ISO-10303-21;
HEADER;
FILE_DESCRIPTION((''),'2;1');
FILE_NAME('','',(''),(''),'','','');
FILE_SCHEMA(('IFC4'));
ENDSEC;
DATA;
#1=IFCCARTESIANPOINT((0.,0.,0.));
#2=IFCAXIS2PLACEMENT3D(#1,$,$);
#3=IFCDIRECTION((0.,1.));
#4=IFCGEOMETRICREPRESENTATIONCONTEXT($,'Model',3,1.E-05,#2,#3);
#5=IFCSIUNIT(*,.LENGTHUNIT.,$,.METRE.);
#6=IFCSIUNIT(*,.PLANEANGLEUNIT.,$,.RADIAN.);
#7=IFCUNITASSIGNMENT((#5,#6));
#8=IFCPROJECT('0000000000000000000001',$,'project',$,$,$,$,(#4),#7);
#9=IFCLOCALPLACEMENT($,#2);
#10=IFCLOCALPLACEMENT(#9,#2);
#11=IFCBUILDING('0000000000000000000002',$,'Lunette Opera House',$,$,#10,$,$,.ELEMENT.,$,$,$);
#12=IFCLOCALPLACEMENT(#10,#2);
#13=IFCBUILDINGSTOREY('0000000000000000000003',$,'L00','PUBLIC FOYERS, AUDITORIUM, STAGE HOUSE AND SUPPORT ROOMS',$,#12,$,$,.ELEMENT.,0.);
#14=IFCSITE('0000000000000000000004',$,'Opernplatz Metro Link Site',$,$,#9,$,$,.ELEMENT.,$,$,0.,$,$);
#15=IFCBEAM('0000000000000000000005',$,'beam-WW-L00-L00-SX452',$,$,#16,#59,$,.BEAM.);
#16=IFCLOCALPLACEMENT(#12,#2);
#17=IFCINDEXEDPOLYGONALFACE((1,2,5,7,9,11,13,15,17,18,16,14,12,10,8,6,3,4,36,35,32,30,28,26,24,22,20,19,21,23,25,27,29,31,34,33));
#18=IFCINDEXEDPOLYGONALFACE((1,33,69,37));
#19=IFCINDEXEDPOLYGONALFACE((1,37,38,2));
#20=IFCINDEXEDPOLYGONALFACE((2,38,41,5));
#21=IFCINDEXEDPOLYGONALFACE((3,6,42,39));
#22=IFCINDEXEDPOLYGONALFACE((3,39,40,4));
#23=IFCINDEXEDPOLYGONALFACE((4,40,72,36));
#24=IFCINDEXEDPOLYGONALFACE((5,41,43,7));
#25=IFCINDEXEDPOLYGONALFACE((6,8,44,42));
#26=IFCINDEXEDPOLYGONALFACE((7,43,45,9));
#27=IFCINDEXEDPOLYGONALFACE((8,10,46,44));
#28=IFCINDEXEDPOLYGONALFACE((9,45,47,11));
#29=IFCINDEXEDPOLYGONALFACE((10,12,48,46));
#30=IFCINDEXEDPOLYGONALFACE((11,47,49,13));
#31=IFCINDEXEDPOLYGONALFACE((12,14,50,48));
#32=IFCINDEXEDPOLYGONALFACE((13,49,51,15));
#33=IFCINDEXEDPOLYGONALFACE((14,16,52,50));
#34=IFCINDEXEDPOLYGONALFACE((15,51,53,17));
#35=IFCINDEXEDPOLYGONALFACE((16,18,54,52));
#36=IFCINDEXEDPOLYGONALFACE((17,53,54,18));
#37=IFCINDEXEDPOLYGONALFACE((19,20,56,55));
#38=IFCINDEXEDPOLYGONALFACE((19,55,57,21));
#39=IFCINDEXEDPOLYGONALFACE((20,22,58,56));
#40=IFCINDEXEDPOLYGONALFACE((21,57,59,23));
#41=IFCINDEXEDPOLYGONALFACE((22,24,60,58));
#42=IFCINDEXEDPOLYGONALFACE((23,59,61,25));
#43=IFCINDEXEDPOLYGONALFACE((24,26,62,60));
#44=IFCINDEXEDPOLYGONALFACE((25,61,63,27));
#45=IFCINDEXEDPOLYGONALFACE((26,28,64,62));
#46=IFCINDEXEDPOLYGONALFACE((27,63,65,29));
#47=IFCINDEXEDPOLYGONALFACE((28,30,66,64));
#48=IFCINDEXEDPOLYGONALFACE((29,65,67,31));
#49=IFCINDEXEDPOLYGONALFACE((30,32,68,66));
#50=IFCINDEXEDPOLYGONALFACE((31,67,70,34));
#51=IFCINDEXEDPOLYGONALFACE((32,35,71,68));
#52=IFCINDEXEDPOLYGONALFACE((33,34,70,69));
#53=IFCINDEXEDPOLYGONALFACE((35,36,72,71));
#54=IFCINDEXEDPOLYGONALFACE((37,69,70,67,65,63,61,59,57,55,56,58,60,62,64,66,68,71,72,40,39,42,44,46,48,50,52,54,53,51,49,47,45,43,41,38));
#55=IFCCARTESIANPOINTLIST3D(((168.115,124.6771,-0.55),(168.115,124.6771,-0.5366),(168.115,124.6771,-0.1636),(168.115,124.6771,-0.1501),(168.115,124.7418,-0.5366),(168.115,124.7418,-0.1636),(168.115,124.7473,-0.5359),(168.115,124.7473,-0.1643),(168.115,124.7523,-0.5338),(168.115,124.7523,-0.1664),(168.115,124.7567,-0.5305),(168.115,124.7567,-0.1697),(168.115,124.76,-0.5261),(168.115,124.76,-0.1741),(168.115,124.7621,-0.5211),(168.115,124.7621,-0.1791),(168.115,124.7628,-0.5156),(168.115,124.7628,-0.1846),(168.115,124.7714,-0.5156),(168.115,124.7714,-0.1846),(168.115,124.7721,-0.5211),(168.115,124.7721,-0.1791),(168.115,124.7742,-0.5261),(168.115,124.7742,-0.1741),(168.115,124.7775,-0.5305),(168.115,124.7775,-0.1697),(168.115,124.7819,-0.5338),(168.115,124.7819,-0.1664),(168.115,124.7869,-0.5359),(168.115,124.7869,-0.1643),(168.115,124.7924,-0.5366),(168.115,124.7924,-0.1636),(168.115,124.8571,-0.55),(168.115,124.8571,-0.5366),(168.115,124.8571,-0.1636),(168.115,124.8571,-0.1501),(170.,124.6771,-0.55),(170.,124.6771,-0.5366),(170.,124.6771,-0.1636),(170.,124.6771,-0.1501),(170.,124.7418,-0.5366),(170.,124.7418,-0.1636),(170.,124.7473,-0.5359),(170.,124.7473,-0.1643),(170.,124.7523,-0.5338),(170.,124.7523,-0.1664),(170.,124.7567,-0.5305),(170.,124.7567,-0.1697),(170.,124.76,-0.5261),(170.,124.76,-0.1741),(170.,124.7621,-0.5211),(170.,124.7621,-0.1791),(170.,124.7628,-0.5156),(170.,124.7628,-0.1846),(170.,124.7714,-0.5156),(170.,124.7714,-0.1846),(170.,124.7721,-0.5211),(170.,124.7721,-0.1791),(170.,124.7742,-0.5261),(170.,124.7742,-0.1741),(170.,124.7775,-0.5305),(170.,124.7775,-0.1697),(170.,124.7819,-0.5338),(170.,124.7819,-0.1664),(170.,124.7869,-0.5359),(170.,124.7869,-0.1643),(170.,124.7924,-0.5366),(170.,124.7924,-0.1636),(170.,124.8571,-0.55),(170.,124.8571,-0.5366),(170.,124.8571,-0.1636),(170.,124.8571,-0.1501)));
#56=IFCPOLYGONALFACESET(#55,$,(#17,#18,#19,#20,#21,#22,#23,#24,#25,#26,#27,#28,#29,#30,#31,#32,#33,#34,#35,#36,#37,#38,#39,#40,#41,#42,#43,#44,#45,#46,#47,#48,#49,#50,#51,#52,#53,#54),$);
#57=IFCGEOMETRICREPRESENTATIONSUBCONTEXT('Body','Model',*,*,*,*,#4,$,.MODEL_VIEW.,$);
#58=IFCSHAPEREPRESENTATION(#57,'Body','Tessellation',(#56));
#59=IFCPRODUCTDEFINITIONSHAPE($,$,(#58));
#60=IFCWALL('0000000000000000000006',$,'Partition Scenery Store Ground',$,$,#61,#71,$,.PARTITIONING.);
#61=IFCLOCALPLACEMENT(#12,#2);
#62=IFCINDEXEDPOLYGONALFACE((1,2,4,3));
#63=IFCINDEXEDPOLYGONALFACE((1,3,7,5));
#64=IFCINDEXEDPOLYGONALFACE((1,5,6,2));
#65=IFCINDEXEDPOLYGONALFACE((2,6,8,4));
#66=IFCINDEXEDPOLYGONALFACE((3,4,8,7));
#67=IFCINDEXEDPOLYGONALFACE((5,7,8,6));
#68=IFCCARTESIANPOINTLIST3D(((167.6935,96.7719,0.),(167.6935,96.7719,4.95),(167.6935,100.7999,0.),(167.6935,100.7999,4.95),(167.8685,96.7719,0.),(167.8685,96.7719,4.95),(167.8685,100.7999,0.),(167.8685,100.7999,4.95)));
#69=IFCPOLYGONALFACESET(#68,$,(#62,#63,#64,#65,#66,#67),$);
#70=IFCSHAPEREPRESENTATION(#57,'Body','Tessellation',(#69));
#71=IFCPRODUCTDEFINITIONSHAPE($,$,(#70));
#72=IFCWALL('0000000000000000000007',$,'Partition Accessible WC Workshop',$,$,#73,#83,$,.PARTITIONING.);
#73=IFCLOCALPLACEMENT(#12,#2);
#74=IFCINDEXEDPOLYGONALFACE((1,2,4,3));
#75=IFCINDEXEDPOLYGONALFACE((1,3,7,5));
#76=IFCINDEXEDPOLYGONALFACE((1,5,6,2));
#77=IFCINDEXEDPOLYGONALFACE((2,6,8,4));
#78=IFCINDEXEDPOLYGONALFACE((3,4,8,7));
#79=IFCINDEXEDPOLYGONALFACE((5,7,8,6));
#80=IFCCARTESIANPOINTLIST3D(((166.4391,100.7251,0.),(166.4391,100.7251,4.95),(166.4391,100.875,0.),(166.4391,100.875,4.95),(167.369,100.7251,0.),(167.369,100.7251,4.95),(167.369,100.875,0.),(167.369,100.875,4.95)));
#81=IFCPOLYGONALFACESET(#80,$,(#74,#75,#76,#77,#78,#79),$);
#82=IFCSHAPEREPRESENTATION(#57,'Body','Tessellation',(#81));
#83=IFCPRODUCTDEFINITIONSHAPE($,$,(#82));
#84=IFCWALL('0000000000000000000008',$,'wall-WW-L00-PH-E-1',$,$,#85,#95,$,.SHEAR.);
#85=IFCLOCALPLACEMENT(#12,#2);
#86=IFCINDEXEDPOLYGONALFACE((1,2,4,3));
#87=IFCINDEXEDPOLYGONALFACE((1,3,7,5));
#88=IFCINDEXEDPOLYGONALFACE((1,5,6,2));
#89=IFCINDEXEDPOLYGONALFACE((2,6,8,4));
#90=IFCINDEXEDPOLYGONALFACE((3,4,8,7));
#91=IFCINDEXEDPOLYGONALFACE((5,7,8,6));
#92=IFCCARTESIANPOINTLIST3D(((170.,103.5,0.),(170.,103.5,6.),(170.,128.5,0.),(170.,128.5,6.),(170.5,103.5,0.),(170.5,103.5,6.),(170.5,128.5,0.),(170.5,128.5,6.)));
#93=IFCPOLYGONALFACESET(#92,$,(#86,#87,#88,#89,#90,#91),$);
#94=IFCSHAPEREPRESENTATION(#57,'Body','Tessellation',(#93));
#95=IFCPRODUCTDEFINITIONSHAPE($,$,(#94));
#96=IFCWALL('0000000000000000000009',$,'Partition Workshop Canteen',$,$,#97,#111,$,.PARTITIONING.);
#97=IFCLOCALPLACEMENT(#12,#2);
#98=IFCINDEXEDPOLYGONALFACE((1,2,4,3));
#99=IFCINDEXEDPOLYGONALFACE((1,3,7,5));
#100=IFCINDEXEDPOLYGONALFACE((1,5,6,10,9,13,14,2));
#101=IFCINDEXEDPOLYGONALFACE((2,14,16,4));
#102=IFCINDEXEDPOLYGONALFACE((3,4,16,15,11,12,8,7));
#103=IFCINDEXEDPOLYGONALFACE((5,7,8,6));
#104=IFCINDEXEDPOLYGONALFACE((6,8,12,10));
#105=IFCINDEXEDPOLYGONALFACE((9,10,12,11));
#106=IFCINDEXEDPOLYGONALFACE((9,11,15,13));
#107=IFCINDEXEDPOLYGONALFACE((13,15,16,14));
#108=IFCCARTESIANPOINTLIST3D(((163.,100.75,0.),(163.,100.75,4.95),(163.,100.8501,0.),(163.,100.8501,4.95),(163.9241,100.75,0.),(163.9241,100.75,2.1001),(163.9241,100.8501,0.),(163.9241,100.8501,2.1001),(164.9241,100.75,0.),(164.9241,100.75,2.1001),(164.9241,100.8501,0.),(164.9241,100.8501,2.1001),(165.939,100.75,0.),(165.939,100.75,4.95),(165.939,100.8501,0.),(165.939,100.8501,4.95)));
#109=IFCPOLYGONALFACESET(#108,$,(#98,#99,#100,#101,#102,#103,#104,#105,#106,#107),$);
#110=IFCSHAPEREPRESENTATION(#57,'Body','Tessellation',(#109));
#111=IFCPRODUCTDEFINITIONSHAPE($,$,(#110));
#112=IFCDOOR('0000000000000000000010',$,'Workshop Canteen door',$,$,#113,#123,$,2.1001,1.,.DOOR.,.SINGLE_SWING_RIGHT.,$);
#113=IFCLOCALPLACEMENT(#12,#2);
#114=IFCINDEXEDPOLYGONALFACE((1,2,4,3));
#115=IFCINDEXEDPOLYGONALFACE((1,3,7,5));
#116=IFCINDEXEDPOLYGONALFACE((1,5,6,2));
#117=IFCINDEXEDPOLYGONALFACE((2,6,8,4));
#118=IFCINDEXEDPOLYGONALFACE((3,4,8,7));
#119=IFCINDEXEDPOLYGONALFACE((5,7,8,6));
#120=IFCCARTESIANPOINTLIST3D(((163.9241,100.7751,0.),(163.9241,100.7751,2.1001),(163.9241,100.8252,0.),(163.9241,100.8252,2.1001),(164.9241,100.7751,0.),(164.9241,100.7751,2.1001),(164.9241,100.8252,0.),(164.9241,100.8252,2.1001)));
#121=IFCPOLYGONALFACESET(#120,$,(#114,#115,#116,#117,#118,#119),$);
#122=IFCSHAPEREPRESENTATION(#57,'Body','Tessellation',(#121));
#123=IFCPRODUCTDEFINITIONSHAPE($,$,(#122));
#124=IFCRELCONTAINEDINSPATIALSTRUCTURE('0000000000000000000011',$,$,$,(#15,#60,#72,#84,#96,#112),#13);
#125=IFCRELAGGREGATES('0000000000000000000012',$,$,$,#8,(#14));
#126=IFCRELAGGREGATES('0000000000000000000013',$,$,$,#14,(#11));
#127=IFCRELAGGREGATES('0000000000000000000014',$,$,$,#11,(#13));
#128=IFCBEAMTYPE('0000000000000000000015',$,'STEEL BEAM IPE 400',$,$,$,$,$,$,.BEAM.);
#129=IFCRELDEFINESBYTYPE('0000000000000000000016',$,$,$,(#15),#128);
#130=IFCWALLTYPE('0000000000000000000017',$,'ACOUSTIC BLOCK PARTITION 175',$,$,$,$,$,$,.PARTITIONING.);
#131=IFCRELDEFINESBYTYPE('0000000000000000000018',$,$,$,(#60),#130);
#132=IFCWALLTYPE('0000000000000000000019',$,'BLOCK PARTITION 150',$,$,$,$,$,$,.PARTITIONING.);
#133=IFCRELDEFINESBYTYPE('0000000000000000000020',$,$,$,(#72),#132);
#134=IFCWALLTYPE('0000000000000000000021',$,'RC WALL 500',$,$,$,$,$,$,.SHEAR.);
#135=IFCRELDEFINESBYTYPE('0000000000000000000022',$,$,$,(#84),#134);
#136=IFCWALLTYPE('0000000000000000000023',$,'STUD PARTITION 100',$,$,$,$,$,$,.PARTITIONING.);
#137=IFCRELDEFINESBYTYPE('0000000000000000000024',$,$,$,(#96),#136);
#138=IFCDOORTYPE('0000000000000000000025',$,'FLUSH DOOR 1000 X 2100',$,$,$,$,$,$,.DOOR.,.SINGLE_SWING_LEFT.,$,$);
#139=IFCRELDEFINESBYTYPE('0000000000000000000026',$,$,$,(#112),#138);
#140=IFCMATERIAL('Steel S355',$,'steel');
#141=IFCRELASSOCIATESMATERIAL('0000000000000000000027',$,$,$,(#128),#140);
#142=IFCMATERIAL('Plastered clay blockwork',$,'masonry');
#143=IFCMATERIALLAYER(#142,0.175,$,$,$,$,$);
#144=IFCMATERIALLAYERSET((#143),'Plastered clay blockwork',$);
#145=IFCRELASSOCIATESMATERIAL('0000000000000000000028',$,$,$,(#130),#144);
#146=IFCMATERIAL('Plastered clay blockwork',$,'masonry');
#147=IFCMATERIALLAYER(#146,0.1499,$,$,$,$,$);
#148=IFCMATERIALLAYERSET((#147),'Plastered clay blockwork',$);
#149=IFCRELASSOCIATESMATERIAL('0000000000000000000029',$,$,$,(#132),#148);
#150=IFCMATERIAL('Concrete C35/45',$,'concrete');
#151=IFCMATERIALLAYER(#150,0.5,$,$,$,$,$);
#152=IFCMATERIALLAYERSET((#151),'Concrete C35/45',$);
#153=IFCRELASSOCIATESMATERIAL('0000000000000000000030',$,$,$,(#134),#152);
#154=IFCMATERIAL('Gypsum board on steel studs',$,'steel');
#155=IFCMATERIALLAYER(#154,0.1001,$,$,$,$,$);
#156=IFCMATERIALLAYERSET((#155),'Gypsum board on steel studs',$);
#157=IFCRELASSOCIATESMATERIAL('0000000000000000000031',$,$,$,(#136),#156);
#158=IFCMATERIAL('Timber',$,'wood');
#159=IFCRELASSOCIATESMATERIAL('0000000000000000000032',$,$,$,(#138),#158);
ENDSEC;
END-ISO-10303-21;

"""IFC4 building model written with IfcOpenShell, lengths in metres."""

from ifc_helpers import new_model, si_unit, direction, frame, frame_2d, origin, origin_2d, place, context, subcontext, project, spatial, rectangle, i_section, extrude, material, layer, layer_set, material_profile, profile_set, type_object, element, fill, save


model = new_model("IFC4")

# Units and contexts
model_context = context("Model", 3, precision=1e-05, world=origin(), true_north=direction((0.0, 1.0)))
body_context = subcontext(model_context, "Body", "Model", "MODEL_VIEW")
ifc_project = project(units=[si_unit("LENGTHUNIT", "METRE"), si_unit("PLANEANGLEUNIT", "RADIAN")], contexts=[model_context])

# Site, building, storey
site_placement = place(None, origin())
site = spatial("IfcSite", under=ifc_project, at=site_placement, Name="Opernplatz Metro Link Site", CompositionType="ELEMENT", RefElevation=0.0)
building_placement = place(site_placement, origin())
building = spatial("IfcBuilding", under=site, at=building_placement, Name="Lunette Opera House", CompositionType="ELEMENT")
storey_placement = place(building_placement, origin())
storey = spatial("IfcBuildingStorey", under=building, at=storey_placement, Name="L00", Description="PUBLIC FOYERS, AUDITORIUM, STAGE HOUSE AND SUPPORT ROOMS", CompositionType="ELEMENT", Elevation=0.0)

# Beam
ifc_material_1 = material(Name="Steel S355", Category="steel")
ifc_material_profile_1 = material_profile(ifc_material_1, i_section(OverallWidth=0.1799, OverallDepth=0.3999, WebThickness=0.0085, FlangeThickness=0.0134, FilletRadius=0.021, at=origin_2d()), Name="IPE 400")
ifc_profile_set_1 = profile_set([ifc_material_profile_1], Name="Steel S355")
beam_type_1 = type_object("IfcBeamType", Name="STEEL BEAM IPE 400", PredefinedType="BEAM", material=ifc_profile_set_1)
beam_1_placement = place(storey_placement, frame((168.115, 124.7671, -0.3501), z_axis=(1.0, 0.0, 0.0), x_axis=(0.0, 1.0, 0.0)))
element("IfcBeam", 1, at=beam_1_placement, inside=storey, type_object=beam_type_1, Name="beam-WW-L00-L00-SX452", PredefinedType="BEAM", context=body_context, shape_type="SweptSolid", body=[
    extrude(i_section(OverallWidth=0.1799, OverallDepth=0.3999, WebThickness=0.0085, FlangeThickness=0.0134, FilletRadius=0.021, at=origin_2d()), origin(), (0.0, 0.0, 1.0), 1.885),
])

# Walls
ifc_material_2 = material(Name="Plastered clay blockwork", Category="masonry")
ifc_layer_1 = layer(ifc_material_2, 0.175)
ifc_layer_set_1 = layer_set([ifc_layer_1], Name="Plastered clay blockwork")
wall_type_1 = type_object("IfcWallType", Name="ACOUSTIC BLOCK PARTITION 175", PredefinedType="PARTITIONING", material=ifc_layer_set_1)
wall_1_placement = place(storey_placement, frame((167.781, 100.8, 0.0), z_axis=(0.0, 0.0, 1.0), x_axis=(0.0, -1.0, 0.0)))
element("IfcWall", 2, at=wall_1_placement, inside=storey, type_object=wall_type_1, Name="Partition Scenery Store Ground", PredefinedType="PARTITIONING", context=body_context, shape_type="SweptSolid", body=[
    extrude(rectangle(XDim=4.0281, YDim=0.175, at=frame_2d((2.0142, 0.0))), origin(), (0.0, 0.0, 1.0), 4.95),
])
ifc_material_3 = material(Name="Plastered clay blockwork", Category="masonry")
ifc_layer_2 = layer(ifc_material_3, 0.1499)
ifc_layer_set_2 = layer_set([ifc_layer_2], Name="Plastered clay blockwork")
wall_type_2 = type_object("IfcWallType", Name="BLOCK PARTITION 150", PredefinedType="PARTITIONING", material=ifc_layer_set_2)
wall_2_placement = place(storey_placement, frame((167.3689, 100.8, 0.0), z_axis=(0.0, 0.0, 1.0), x_axis=(-1.0, 0.0, 0.0)))
element("IfcWall", 3, at=wall_2_placement, inside=storey, type_object=wall_type_2, Name="Partition Accessible WC Workshop", PredefinedType="PARTITIONING", context=body_context, shape_type="SweptSolid", body=[
    extrude(rectangle(XDim=0.9299, YDim=0.1499, at=frame_2d((0.4648, 0.0))), origin(), (0.0, 0.0, 1.0), 4.95),
])
ifc_material_4 = material(Name="Concrete C35/45", Category="concrete")
ifc_layer_3 = layer(ifc_material_4, 0.5)
ifc_layer_set_3 = layer_set([ifc_layer_3], Name="Concrete C35/45")
wall_type_3 = type_object("IfcWallType", Name="RC WALL 500", PredefinedType="SHEAR", material=ifc_layer_set_3)
wall_3_placement = place(storey_placement, frame((170.25, 103.5, 0.0), z_axis=(0.0, 0.0, 1.0), x_axis=(0.0, 1.0, 0.0)))
element("IfcWall", 4, at=wall_3_placement, inside=storey, type_object=wall_type_3, Name="wall-WW-L00-PH-E-1", PredefinedType="SHEAR", context=body_context, shape_type="SweptSolid", body=[
    extrude(rectangle(XDim=25.0, YDim=0.5, at=frame_2d((12.5, 0.0))), origin(), (0.0, 0.0, 1.0), 6.0),
])

# Wall, opening, door
ifc_material_5 = material(Name="Gypsum board on steel studs", Category="steel")
ifc_layer_4 = layer(ifc_material_5, 0.1001)
ifc_layer_set_4 = layer_set([ifc_layer_4], Name="Gypsum board on steel studs")
wall_type_4 = type_object("IfcWallType", Name="STUD PARTITION 100", PredefinedType="PARTITIONING", material=ifc_layer_set_4)
wall_4_placement = place(storey_placement, frame((165.939, 100.8, 0.0), z_axis=(0.0, 0.0, 1.0), x_axis=(-1.0, 0.0, 0.0)))
wall_4 = element("IfcWall", 5, at=wall_4_placement, inside=storey, type_object=wall_type_4, Name="Partition Workshop Canteen", PredefinedType="PARTITIONING", context=body_context, shape_type="SweptSolid", body=[
    extrude(rectangle(XDim=2.939, YDim=0.1001, at=frame_2d((1.4695, 0.0))), origin(), (0.0, 0.0, 1.0), 4.95),
])
opening_placement = place(wall_4_placement, frame((1.0149, 0.0, 0.0)))
opening = element("IfcOpeningElement", 6, at=opening_placement, cuts=wall_4, PredefinedType="OPENING", context=body_context, shape_type="SweptSolid", body=[
    extrude(rectangle(XDim=1.0, YDim=2.1001, at=frame_2d((0.5, 1.05))), frame((0.0, 0.062, 0.0), z_axis=(0.0, -1.0, 0.0), x_axis=(1.0, 0.0, 0.0)), (0.0, 0.0, 1.0), 0.124),
])
ifc_material_6 = material(Name="Timber", Category="wood")
door_type = type_object("IfcDoorType", Name="FLUSH DOOR 1000 X 2100", OperationType="SINGLE_SWING_LEFT", PredefinedType="DOOR", material=ifc_material_6)
door_placement = place(opening_placement, origin())
door = element("IfcDoor", 7, at=door_placement, inside=storey, type_object=door_type, Name="Workshop Canteen door", OperationType="SINGLE_SWING_RIGHT", OverallHeight=2.1001, OverallWidth=1.0, PredefinedType="DOOR", context=body_context, shape_type="SweptSolid", body=[
    extrude(rectangle(XDim=1.0, YDim=2.1001, at=frame_2d((0.5, 1.05))), frame((0.0, 0.0249, 0.0), z_axis=(0.0, -1.0, 0.0), x_axis=(1.0, 0.0, 0.0)), (0.0, 0.0, 1.0), 0.05),
])
fill(opening, door)

save(model, "model.ifc")
